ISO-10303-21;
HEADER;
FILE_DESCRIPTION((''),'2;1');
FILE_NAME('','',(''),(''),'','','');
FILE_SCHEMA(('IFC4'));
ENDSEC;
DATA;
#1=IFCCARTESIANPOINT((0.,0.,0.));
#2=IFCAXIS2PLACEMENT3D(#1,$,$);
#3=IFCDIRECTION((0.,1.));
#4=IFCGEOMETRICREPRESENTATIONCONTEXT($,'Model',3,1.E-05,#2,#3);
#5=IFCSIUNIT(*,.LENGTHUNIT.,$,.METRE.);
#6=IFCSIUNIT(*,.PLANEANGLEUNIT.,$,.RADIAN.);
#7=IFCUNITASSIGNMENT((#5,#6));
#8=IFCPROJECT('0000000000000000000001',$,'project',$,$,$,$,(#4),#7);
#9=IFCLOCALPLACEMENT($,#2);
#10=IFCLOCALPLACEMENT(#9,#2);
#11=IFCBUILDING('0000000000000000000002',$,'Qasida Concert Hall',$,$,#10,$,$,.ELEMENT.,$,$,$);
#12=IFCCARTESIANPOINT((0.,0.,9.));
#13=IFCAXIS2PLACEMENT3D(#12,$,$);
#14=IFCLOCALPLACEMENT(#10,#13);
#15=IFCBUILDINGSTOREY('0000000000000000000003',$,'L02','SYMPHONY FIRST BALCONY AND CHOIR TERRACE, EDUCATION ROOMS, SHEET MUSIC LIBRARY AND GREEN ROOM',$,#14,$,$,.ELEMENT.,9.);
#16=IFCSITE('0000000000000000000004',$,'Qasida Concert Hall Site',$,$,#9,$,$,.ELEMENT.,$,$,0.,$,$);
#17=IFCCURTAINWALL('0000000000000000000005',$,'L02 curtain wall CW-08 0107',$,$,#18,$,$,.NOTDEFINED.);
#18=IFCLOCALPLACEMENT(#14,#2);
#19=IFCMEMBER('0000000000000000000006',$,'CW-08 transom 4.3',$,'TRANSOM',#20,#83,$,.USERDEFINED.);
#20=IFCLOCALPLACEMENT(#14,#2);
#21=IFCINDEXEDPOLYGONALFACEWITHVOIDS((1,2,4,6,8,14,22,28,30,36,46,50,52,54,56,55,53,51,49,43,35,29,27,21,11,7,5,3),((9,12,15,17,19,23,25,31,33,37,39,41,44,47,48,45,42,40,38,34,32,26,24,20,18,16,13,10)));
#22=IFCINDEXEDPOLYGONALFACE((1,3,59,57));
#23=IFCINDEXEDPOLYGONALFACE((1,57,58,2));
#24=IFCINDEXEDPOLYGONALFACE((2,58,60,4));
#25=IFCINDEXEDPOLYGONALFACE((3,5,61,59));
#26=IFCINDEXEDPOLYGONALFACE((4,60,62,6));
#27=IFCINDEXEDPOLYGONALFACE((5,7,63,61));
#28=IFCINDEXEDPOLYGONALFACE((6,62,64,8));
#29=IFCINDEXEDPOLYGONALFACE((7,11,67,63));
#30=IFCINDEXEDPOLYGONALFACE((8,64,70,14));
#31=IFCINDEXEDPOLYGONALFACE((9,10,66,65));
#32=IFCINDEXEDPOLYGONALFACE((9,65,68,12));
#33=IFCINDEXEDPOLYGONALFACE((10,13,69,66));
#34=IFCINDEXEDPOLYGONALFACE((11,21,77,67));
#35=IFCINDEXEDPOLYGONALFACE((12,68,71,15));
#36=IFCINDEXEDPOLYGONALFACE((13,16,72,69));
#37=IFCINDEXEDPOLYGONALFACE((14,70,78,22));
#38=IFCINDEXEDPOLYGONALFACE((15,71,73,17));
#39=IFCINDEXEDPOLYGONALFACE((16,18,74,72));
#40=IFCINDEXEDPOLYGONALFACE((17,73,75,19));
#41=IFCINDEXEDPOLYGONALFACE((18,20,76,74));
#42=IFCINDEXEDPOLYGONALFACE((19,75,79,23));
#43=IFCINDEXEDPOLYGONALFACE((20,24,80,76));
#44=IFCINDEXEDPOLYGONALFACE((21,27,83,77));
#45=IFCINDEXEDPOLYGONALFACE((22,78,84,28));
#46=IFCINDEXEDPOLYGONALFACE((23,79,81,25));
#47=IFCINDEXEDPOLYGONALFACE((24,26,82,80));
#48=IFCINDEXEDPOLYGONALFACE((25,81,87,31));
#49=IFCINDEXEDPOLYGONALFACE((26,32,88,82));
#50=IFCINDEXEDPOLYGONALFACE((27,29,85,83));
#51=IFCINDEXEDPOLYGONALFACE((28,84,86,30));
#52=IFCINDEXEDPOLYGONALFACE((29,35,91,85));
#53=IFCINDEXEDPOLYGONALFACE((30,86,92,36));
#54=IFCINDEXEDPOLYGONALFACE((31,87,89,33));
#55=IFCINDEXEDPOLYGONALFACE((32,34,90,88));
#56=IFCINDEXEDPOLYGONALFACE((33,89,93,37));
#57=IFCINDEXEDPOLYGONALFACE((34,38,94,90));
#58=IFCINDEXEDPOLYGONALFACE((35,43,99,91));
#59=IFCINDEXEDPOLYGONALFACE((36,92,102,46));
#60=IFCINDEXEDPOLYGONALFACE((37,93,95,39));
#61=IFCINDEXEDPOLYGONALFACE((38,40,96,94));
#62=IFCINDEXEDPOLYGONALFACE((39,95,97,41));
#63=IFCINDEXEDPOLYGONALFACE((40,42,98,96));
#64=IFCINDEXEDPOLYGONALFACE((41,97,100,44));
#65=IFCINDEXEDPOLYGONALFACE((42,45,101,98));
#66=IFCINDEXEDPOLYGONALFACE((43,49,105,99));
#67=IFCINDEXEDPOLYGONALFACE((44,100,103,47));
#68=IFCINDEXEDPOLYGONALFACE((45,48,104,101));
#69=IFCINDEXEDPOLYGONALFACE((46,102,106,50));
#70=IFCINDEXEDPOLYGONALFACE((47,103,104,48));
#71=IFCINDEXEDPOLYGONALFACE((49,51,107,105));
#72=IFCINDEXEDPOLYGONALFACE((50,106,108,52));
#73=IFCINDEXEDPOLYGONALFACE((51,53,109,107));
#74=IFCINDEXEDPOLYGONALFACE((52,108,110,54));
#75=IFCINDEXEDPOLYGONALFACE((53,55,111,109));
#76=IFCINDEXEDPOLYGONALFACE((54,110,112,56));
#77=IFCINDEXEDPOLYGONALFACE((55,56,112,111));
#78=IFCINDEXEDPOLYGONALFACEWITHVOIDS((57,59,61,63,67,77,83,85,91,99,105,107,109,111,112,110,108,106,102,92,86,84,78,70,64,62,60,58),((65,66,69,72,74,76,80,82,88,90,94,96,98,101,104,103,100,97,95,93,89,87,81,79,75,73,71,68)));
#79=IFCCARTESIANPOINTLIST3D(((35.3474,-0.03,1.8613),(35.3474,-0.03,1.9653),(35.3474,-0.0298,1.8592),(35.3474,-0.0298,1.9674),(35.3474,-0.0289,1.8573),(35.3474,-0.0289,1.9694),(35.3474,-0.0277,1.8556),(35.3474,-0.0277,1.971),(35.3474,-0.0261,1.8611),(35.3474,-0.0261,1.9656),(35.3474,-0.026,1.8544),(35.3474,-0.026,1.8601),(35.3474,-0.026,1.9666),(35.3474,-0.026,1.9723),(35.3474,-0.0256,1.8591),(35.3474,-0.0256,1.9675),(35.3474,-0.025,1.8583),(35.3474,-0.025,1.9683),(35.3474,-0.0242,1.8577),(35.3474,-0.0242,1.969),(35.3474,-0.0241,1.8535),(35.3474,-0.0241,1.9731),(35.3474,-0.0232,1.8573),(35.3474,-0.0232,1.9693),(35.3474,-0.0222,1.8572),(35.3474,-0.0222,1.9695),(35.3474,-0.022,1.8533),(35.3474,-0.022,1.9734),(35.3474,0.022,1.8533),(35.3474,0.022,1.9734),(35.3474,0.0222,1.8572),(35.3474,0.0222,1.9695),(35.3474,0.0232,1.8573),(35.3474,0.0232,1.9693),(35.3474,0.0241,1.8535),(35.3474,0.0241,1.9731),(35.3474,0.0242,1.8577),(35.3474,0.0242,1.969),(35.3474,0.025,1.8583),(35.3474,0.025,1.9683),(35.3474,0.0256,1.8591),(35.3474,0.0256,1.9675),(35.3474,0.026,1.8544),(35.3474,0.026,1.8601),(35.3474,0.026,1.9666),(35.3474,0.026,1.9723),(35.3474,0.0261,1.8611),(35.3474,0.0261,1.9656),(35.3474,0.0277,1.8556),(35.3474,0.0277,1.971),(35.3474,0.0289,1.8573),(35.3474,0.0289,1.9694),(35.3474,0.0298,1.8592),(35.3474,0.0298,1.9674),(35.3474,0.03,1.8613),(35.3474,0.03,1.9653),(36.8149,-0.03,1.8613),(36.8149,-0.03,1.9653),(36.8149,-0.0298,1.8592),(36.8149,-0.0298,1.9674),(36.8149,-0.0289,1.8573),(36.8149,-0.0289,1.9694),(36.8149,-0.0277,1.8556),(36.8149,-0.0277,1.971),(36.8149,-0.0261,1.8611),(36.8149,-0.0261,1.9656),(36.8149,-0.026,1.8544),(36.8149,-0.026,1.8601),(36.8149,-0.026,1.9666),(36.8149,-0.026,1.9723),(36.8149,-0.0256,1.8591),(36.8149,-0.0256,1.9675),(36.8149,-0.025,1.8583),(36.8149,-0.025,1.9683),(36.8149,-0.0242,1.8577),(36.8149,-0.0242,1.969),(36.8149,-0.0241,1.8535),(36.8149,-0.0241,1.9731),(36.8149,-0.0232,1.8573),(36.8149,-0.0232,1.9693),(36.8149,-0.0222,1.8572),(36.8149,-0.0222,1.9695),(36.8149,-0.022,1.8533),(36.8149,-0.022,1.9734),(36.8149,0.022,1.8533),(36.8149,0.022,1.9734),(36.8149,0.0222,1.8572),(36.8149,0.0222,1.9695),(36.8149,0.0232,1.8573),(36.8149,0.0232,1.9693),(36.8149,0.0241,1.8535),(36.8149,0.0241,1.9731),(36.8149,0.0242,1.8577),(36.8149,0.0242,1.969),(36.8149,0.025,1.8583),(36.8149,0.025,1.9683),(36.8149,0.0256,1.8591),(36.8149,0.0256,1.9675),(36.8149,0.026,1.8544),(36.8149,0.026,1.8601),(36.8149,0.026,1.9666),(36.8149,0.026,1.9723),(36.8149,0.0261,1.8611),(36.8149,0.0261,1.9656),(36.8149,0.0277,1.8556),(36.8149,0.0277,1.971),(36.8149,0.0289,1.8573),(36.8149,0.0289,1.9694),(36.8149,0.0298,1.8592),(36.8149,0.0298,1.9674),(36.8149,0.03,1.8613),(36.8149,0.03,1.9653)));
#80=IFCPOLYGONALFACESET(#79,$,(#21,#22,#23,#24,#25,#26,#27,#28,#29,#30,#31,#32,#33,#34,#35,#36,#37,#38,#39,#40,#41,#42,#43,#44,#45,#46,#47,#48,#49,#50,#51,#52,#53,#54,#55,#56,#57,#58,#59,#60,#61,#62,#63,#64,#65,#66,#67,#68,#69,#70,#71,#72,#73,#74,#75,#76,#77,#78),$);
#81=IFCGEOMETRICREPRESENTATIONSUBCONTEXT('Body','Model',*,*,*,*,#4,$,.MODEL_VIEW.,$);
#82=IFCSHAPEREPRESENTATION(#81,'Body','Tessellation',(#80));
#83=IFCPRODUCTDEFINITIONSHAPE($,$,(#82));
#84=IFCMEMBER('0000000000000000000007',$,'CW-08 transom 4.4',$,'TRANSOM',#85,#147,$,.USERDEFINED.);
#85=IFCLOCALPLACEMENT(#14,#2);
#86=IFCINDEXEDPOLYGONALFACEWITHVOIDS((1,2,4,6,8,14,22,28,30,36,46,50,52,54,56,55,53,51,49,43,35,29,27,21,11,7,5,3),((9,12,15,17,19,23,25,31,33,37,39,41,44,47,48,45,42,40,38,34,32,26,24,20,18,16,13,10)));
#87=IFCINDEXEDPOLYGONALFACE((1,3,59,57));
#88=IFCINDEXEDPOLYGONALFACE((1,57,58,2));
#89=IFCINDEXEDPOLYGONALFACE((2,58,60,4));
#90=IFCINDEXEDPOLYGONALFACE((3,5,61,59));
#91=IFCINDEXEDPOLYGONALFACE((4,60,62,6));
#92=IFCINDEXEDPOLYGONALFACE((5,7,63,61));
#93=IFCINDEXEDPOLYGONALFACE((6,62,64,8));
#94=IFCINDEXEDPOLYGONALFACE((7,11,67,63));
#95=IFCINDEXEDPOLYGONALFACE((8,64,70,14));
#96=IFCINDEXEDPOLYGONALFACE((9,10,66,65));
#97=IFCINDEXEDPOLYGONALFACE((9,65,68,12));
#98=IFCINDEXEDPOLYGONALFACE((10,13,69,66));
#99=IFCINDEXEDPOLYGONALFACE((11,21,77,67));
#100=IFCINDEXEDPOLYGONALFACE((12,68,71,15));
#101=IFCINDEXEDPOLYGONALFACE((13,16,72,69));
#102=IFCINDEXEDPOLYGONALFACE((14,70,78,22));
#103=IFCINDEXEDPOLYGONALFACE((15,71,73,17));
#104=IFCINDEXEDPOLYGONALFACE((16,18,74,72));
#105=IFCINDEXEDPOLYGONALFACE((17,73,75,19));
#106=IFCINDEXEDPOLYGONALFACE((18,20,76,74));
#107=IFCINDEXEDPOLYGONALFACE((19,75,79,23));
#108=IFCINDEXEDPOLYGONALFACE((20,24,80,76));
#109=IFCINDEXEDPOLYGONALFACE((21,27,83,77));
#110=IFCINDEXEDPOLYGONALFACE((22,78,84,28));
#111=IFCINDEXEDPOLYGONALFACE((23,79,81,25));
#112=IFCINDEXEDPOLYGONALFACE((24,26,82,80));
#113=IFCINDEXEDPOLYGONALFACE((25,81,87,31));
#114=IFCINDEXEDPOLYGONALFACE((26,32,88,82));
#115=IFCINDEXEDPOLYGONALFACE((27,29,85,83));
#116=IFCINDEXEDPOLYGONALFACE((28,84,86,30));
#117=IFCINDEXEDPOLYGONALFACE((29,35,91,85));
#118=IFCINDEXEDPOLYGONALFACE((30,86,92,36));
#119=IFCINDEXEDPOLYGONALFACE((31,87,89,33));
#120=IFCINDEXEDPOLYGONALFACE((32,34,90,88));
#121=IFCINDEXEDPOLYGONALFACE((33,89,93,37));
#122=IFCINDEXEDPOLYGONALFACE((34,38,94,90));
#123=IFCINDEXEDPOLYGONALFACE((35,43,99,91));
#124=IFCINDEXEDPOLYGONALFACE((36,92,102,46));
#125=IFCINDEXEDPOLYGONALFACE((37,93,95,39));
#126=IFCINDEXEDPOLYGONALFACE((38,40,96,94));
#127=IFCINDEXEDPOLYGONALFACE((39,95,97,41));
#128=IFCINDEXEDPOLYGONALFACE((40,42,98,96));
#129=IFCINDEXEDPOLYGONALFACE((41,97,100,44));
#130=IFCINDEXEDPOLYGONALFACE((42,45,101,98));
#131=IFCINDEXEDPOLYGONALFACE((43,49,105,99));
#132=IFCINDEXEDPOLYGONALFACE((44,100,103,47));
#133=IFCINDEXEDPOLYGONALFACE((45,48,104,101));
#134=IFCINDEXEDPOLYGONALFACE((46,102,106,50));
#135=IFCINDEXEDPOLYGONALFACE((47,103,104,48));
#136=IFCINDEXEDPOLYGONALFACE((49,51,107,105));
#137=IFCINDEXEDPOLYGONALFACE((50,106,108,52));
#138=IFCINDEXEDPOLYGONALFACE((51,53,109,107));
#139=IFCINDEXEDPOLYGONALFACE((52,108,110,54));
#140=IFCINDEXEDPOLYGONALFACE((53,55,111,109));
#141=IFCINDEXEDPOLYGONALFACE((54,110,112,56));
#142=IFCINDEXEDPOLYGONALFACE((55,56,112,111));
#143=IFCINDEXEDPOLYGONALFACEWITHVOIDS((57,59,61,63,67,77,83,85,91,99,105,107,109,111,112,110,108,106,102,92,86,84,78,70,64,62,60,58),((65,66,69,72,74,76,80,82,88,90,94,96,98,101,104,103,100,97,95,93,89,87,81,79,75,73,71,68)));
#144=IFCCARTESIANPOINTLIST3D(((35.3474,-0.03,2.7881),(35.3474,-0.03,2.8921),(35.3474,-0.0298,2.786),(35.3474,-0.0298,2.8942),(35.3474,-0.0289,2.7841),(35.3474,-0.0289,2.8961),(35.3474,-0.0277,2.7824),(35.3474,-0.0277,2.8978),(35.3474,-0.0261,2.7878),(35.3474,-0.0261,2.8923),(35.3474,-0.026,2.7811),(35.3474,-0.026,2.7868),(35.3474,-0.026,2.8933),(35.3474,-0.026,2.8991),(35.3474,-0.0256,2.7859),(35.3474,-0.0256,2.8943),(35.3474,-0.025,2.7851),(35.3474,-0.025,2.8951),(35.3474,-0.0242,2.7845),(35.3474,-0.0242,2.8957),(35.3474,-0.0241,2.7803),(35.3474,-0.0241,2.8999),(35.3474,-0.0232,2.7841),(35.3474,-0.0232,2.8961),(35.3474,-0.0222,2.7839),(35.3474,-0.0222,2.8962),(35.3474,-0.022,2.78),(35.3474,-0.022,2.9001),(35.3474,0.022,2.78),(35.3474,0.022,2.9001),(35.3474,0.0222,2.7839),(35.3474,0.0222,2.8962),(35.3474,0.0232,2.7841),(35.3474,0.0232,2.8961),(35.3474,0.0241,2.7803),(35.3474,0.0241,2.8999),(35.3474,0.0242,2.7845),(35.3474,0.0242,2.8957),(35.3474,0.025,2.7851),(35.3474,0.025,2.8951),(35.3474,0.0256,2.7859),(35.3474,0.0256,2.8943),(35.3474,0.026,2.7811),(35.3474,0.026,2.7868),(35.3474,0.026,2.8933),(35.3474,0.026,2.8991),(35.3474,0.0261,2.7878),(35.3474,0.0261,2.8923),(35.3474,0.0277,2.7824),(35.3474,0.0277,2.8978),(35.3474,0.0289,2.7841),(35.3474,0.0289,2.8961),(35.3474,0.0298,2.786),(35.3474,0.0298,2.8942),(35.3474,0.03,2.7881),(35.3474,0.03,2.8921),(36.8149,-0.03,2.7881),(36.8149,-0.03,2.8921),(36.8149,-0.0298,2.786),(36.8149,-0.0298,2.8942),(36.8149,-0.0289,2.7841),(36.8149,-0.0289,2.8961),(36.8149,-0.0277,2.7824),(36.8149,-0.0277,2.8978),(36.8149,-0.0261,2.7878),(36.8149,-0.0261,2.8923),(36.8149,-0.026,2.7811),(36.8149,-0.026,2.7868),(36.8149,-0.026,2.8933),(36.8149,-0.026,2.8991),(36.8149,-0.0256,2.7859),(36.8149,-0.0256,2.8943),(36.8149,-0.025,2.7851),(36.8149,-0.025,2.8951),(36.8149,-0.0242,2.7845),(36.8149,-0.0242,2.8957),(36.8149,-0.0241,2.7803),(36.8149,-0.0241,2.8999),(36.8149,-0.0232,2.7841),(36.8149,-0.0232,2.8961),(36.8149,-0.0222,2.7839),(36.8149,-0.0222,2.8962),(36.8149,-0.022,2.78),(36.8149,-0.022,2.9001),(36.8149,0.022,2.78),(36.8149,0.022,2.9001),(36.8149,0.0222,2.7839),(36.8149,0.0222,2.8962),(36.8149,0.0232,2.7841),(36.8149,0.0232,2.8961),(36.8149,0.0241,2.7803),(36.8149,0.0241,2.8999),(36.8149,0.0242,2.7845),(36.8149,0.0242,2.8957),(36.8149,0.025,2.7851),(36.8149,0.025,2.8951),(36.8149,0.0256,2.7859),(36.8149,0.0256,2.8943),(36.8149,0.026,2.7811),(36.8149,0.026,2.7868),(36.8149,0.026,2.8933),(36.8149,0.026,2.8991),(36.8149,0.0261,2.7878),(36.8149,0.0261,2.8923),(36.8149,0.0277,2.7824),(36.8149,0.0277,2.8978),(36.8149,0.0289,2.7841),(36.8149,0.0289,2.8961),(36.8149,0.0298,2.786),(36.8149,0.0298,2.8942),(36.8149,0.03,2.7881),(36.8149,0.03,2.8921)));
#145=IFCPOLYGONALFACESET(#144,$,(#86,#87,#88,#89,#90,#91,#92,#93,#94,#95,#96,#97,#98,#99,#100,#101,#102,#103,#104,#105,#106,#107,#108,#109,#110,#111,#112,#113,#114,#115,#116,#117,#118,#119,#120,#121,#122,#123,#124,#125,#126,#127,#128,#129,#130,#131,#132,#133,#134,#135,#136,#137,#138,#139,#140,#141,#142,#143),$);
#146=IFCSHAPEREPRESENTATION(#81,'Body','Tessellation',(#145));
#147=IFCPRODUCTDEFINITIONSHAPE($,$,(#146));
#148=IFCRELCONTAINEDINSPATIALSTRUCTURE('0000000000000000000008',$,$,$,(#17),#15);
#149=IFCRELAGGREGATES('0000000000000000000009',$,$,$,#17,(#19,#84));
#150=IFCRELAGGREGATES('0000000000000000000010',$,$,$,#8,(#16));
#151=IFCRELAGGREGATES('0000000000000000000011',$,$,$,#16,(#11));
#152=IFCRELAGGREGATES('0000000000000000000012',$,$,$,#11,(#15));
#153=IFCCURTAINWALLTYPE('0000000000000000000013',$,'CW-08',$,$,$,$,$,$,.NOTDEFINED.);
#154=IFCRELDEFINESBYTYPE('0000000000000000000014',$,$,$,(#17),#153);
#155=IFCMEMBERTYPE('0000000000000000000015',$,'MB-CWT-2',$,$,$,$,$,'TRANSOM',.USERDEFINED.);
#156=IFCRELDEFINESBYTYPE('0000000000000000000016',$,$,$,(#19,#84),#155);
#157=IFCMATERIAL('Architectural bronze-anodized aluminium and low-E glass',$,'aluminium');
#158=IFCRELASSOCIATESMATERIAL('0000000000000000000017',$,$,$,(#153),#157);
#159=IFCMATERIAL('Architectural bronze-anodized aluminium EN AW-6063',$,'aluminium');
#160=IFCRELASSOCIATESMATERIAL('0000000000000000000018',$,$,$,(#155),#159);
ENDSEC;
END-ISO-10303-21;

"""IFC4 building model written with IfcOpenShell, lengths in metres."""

from ifc_helpers import new_model, si_unit, direction, frame, origin, origin_2d, place, context, subcontext, project, spatial, hollow_rectangle, extrude, material, material_profile, profile_set, type_object, element, aggregate, save


model = new_model("IFC4")

# Units and contexts
model_context = context("Model", 3, precision=1e-05, world=origin(), true_north=direction((0.0, 1.0)))
body_context = subcontext(model_context, "Body", "Model", "MODEL_VIEW")
ifc_project = project(units=[si_unit("LENGTHUNIT", "METRE"), si_unit("PLANEANGLEUNIT", "RADIAN")], contexts=[model_context])

# Site, building, storey
site_placement = place(None, origin())
site = spatial("IfcSite", under=ifc_project, at=site_placement, Name="Qasida Concert Hall Site", CompositionType="ELEMENT", RefElevation=0.0)
building_placement = place(site_placement, origin())
building = spatial("IfcBuilding", under=site, at=building_placement, Name="Qasida Concert Hall", CompositionType="ELEMENT")
storey_placement = place(building_placement, frame((0.0, 0.0, 9.0)))
storey = spatial("IfcBuildingStorey", under=building, at=storey_placement, Name="L02", Description="SYMPHONY FIRST BALCONY AND CHOIR TERRACE, EDUCATION ROOMS, SHEET MUSIC LIBRARY AND GREEN ROOM", CompositionType="ELEMENT", Elevation=9.0)

# Curtain wall
ifc_material_1 = material(Name="Architectural bronze-anodized aluminium and low-E glass", Category="aluminium")
curtain_wall_type = type_object("IfcCurtainWallType", Name="CW-08", PredefinedType="NOTDEFINED", material=ifc_material_1)
curtain_wall_1_placement = place(storey_placement, origin())
curtain_wall_1 = element("IfcCurtainWall", 1, at=curtain_wall_1_placement, inside=storey, type_object=curtain_wall_type, Name="L02 curtain wall CW-08 0107", PredefinedType="NOTDEFINED")
ifc_material_2 = material(Name="Architectural bronze-anodized aluminium EN AW-6063", Category="aluminium")

# Members
ifc_material_profile_1 = material_profile(ifc_material_2, hollow_rectangle(XDim=0.0601, YDim=0.1201, WallThickness=0.0039, InnerFilletRadius=0.0039, OuterFilletRadius=0.0081, at=origin_2d()), Name="CWT 120x60x4")
ifc_profile_set_1 = profile_set([ifc_material_profile_1], Name="Architectural bronze-anodized aluminium EN AW-6063")
member_type_1 = type_object("IfcMemberType", Name="MB-CWT-2", ElementType="TRANSOM", PredefinedType="USERDEFINED", material=ifc_profile_set_1)
member_1_placement = place(storey_placement, frame((35.3474, 0.0, 1.9133), z_axis=(1.0, 0.0, 0.0), x_axis=(0.0, 1.0, 0.0)))
member_1 = element("IfcMember", 2, at=member_1_placement, type_object=member_type_1, Name="CW-08 transom 4.3", ObjectType="TRANSOM", PredefinedType="USERDEFINED", context=body_context, shape_type="SweptSolid", body=[
    extrude(hollow_rectangle(XDim=0.0601, YDim=0.1201, WallThickness=0.0039, InnerFilletRadius=0.0039, OuterFilletRadius=0.0081, at=origin_2d()), origin(), (0.0, 0.0, 1.0), 1.4675),
])
member_2_placement = place(storey_placement, frame((35.3474, 0.0, 2.8401), z_axis=(1.0, 0.0, 0.0), x_axis=(0.0, 1.0, 0.0)))
member_2 = element("IfcMember", 3, at=member_2_placement, type_object=member_type_1, Name="CW-08 transom 4.4", ObjectType="TRANSOM", PredefinedType="USERDEFINED", context=body_context, shape_type="SweptSolid", body=[
    extrude(hollow_rectangle(XDim=0.0601, YDim=0.1201, WallThickness=0.0039, InnerFilletRadius=0.0039, OuterFilletRadius=0.0081, at=origin_2d()), origin(), (0.0, 0.0, 1.0), 1.4675),
])

aggregate(curtain_wall_1, [member_1, member_2])

save(model, "model.ifc")
